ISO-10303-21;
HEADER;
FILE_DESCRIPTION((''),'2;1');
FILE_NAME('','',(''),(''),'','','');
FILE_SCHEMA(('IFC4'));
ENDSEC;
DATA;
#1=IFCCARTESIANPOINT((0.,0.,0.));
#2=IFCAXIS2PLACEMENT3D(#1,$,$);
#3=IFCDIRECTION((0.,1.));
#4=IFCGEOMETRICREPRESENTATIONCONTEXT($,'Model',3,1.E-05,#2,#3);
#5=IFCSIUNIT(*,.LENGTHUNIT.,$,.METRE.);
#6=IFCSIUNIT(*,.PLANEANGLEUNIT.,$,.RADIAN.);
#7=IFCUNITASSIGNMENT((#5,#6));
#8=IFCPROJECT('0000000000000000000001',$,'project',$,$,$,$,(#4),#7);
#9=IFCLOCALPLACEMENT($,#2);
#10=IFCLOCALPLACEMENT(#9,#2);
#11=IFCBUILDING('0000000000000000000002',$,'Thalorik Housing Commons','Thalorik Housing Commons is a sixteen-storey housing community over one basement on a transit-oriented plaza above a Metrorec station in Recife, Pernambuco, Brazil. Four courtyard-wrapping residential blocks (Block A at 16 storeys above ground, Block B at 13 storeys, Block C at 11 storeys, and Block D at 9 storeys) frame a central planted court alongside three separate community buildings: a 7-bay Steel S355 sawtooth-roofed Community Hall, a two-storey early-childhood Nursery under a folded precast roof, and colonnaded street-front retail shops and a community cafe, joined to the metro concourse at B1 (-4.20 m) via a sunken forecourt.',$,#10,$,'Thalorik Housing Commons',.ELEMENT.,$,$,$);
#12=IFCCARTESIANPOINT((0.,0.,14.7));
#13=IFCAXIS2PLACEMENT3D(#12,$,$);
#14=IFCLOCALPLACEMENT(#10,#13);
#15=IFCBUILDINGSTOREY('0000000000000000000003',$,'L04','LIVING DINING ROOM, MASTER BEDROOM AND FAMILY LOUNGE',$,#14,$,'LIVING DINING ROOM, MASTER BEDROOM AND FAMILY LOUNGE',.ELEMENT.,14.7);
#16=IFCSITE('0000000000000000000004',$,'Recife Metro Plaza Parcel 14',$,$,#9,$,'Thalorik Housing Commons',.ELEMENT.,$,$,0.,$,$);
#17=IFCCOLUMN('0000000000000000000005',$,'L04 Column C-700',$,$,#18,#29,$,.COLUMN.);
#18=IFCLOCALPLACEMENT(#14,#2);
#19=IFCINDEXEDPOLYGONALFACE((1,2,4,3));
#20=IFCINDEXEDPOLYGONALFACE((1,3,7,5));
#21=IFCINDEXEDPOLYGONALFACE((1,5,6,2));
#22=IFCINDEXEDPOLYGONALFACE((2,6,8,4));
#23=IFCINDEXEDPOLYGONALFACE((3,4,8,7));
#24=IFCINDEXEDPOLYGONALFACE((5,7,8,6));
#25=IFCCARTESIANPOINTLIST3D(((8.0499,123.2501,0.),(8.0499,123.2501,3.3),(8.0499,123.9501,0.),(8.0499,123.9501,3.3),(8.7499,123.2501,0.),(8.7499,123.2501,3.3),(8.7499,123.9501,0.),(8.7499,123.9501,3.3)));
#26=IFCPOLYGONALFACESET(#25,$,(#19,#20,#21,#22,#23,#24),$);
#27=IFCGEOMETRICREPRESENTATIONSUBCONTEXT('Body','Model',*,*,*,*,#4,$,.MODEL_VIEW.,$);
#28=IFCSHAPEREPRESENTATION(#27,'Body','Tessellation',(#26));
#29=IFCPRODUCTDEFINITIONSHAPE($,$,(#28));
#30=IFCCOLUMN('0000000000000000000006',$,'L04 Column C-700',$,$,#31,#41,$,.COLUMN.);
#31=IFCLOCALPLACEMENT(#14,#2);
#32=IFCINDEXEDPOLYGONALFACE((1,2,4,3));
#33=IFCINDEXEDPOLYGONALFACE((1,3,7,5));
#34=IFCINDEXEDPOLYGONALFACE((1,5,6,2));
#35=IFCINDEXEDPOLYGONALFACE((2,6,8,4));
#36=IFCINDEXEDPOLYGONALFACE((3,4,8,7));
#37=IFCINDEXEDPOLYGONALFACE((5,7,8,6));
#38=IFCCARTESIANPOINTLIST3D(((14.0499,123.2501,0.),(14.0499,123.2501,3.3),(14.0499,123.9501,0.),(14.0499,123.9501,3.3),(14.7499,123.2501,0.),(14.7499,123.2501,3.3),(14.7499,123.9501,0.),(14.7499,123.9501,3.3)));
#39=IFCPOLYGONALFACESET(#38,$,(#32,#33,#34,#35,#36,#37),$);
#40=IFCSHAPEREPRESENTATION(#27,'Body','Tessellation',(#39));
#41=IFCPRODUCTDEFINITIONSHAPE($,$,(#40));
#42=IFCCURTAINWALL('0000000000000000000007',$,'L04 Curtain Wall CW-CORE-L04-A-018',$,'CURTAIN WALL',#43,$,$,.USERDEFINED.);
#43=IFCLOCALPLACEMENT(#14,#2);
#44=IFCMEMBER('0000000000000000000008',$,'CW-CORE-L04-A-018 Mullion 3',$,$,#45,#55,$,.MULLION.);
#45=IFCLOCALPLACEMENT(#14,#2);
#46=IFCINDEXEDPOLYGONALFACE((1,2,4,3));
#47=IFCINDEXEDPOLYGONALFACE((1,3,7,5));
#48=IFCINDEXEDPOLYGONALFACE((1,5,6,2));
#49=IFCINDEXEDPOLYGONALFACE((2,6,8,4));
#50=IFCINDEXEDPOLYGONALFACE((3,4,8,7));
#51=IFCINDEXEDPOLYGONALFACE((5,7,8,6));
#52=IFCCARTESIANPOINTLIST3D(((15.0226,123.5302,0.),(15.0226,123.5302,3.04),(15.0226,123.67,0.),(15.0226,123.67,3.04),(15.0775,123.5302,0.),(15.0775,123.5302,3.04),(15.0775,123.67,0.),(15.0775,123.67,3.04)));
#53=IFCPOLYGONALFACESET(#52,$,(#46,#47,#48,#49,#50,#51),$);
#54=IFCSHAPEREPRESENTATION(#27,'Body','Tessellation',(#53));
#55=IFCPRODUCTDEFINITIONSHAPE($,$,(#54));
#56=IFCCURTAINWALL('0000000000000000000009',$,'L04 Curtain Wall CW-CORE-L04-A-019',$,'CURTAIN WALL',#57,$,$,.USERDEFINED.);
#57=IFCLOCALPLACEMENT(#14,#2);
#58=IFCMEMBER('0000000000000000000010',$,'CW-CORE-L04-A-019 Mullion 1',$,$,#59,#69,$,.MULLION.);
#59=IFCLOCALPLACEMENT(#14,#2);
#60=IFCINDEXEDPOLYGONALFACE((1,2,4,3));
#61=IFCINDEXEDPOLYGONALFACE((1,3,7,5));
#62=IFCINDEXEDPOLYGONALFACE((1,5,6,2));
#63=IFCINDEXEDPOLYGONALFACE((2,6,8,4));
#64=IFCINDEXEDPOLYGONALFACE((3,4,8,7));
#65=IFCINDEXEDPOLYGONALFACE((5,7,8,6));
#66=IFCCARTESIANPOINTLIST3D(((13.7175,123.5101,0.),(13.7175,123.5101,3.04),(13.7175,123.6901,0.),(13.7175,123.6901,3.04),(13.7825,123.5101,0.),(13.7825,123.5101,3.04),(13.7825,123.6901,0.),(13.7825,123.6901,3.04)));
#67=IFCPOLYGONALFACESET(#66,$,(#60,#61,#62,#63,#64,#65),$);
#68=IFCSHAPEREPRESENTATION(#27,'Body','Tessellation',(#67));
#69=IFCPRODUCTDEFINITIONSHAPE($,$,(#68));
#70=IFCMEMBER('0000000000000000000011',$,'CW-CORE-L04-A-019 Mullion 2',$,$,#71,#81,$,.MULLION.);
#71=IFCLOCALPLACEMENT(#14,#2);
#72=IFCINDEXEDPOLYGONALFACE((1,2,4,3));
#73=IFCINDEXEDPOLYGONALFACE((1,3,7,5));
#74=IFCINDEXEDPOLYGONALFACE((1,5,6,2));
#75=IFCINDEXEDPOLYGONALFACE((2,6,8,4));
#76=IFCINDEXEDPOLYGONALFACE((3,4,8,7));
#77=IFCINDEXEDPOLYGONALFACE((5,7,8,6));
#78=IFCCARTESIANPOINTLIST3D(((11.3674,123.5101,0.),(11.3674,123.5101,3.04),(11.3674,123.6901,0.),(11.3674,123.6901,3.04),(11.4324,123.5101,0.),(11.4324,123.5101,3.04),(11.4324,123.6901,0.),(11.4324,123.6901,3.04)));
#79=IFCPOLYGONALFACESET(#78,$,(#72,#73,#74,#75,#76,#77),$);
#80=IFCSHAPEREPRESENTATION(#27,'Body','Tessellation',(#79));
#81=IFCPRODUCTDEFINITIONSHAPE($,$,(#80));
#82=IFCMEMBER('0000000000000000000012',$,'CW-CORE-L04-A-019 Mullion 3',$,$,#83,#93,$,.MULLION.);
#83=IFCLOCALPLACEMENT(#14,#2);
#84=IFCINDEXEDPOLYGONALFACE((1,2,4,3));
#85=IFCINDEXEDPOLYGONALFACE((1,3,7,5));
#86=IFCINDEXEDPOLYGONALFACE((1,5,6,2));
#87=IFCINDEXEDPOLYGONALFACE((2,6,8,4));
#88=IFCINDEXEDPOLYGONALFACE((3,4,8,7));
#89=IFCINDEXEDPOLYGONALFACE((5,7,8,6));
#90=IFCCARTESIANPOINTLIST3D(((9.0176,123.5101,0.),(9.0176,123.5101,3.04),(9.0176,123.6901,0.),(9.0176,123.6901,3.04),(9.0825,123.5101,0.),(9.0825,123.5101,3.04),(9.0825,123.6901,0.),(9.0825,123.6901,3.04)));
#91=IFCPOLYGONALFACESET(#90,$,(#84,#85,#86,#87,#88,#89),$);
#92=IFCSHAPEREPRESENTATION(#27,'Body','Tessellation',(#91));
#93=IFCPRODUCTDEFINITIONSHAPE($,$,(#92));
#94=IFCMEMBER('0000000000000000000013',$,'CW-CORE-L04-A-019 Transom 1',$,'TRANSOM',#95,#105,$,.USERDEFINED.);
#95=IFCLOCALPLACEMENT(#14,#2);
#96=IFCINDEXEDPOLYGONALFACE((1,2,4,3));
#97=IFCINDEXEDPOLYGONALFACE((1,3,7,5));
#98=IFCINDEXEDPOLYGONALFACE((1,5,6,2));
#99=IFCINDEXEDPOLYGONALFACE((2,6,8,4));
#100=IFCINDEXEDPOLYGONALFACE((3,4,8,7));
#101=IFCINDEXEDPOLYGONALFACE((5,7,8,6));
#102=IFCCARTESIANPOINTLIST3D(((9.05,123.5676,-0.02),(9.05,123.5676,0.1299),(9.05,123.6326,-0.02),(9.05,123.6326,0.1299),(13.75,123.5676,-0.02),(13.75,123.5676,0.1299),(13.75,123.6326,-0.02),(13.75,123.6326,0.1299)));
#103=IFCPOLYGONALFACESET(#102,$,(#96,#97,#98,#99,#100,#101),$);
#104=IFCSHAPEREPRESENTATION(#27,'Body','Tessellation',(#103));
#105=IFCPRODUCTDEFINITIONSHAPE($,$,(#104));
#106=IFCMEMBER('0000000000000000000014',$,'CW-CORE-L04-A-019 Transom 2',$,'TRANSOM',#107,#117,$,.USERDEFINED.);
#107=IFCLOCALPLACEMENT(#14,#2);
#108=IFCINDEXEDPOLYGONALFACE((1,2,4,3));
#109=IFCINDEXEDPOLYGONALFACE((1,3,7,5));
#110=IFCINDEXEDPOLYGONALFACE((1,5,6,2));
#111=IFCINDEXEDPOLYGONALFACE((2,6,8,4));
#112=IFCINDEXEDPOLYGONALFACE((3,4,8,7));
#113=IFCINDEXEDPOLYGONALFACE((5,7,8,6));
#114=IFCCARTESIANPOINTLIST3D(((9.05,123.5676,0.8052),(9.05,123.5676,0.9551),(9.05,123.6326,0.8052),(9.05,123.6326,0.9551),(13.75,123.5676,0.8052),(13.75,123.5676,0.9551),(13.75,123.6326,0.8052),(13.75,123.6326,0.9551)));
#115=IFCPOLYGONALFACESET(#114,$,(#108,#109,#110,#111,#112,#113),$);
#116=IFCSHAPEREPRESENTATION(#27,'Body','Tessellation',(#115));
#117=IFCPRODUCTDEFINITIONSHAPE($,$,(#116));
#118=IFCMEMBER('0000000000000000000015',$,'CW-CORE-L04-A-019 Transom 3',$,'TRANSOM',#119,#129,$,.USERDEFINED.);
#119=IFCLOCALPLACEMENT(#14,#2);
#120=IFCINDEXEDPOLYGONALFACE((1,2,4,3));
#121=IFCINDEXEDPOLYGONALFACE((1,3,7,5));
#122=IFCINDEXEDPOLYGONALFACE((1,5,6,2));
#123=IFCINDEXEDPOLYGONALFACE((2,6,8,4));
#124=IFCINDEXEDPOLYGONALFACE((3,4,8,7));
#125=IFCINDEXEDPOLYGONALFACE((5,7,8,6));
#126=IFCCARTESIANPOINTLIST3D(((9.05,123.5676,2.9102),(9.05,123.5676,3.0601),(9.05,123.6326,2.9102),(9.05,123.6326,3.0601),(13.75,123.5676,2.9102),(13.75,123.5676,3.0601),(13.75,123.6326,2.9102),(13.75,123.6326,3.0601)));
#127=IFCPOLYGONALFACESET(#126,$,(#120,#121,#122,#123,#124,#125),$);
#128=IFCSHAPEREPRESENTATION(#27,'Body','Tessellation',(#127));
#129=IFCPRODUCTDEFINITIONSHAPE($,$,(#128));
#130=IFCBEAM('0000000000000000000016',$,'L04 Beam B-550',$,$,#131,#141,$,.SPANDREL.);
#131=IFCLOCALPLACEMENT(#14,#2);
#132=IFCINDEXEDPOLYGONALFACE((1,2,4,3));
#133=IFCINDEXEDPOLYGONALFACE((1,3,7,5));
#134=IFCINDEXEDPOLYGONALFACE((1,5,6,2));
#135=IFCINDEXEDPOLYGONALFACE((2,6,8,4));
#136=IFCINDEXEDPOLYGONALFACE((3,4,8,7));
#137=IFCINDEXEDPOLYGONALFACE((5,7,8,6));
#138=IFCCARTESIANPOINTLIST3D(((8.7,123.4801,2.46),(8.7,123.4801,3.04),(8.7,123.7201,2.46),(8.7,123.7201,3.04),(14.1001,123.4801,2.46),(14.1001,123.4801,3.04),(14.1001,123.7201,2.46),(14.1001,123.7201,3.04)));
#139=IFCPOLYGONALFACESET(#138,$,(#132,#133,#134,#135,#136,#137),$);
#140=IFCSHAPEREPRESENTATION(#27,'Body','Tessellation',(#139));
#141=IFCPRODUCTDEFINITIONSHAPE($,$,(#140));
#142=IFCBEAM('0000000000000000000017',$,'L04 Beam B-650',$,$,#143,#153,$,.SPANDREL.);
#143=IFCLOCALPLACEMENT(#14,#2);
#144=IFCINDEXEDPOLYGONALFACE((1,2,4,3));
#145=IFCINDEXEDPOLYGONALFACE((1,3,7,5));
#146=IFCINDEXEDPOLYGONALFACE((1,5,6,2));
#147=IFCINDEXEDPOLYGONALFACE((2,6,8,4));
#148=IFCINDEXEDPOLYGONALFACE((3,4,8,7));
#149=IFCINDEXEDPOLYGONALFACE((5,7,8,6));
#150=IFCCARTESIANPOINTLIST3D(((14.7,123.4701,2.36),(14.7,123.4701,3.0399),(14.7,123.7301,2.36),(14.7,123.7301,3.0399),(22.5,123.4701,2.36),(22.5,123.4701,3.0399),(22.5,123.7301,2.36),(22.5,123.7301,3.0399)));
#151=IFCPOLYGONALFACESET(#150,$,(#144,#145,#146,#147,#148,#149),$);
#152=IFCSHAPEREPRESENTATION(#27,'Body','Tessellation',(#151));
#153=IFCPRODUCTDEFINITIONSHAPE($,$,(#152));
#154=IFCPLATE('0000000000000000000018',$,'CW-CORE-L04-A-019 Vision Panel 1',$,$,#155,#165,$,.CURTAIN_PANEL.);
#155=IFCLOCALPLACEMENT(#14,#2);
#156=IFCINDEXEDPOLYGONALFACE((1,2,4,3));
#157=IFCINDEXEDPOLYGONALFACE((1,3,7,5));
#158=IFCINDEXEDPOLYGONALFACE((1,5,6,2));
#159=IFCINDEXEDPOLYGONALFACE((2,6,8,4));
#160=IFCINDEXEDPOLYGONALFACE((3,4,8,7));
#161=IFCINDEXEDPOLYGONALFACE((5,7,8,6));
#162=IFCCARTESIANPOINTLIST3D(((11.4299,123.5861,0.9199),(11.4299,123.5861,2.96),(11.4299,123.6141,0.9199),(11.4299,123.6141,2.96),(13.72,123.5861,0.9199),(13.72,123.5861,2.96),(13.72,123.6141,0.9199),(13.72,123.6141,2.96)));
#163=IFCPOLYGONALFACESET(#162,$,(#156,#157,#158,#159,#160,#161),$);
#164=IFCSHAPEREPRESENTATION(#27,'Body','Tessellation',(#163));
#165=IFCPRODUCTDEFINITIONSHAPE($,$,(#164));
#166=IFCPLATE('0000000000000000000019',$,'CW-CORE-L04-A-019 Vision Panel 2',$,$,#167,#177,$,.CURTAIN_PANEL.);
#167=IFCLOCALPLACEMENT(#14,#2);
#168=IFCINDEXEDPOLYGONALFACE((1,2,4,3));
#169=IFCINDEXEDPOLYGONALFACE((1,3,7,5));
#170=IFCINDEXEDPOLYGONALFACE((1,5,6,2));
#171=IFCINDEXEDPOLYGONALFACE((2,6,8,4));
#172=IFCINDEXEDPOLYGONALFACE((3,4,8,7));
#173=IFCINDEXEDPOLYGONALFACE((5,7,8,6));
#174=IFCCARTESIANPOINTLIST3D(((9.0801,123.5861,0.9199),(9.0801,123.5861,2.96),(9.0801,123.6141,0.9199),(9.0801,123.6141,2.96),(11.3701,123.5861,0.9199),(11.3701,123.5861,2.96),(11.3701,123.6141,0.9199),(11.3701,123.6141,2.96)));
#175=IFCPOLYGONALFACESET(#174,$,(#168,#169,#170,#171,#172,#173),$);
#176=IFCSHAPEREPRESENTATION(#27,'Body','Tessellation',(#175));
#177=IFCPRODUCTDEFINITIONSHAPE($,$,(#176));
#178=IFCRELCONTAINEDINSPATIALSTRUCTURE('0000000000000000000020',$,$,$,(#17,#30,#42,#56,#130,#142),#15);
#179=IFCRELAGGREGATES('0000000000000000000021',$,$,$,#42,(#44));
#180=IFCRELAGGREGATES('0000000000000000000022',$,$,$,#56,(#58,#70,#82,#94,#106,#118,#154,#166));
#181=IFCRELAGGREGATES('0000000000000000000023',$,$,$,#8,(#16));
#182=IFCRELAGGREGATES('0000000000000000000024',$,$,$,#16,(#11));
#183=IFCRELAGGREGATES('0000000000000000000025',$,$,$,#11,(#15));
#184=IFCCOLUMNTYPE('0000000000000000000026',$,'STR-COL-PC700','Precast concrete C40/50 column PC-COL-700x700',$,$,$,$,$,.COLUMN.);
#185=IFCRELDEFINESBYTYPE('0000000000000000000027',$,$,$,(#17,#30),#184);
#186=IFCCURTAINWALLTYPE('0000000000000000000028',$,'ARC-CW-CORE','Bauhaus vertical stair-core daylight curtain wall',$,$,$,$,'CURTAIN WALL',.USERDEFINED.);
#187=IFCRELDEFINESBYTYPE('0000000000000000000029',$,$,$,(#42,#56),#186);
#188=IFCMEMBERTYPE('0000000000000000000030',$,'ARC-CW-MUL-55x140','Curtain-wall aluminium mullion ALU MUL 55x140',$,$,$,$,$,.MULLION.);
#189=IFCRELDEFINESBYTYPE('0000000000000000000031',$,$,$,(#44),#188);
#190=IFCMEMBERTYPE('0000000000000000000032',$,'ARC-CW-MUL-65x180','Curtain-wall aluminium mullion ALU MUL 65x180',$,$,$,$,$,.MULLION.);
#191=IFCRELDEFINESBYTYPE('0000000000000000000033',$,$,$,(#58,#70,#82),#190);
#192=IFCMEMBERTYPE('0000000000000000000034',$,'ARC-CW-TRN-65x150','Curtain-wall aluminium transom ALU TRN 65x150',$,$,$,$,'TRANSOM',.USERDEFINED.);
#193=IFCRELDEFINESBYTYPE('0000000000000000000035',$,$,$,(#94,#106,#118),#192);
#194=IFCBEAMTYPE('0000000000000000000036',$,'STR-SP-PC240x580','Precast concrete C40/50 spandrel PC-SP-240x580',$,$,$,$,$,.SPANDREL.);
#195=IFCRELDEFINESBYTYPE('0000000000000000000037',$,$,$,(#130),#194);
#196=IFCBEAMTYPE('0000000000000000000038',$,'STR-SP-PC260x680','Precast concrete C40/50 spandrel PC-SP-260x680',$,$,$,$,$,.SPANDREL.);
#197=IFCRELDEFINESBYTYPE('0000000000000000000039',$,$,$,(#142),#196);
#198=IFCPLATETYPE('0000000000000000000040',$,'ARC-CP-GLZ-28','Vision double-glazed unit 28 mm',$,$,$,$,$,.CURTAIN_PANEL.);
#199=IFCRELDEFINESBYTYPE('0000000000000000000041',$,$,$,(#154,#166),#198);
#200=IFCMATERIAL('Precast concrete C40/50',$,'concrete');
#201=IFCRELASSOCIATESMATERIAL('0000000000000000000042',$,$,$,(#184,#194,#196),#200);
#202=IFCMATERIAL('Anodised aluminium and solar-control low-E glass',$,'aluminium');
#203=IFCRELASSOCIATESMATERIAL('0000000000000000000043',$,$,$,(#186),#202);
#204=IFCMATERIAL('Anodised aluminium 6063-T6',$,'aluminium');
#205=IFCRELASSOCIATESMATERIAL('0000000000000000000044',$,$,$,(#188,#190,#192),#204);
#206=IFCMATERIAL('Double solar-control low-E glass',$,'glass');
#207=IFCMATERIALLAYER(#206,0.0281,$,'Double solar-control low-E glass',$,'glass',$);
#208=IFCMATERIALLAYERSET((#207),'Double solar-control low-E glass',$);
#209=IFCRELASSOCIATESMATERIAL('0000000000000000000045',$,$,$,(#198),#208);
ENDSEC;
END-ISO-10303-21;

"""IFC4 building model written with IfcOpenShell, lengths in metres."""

from ifc_helpers import new_model, si_unit, direction, frame, origin, origin_2d, place, context, subcontext, project, spatial, rectangle, extrude, material, layer, layer_set, material_profile, profile_set, type_object, element, aggregate, save


model = new_model("IFC4")

# Units and contexts
model_context = context("Model", 3, precision=1e-05, world=origin(), true_north=direction((0.0, 1.0)))
body_context = subcontext(model_context, "Body", "Model", "MODEL_VIEW")
ifc_project = project(units=[si_unit("LENGTHUNIT", "METRE"), si_unit("PLANEANGLEUNIT", "RADIAN")], contexts=[model_context])

# Site, building, storey
site_placement = place(None, origin())
site = spatial("IfcSite", under=ifc_project, at=site_placement, Name="Recife Metro Plaza Parcel 14", LongName="Thalorik Housing Commons", CompositionType="ELEMENT", RefElevation=0.0)
building_placement = place(site_placement, origin())
building = spatial("IfcBuilding", under=site, at=building_placement, Name="Thalorik Housing Commons", Description="Thalorik Housing Commons is a sixteen-storey housing community over one basement on a transit-oriented plaza above a Metrorec station in Recife, Pernambuco, Brazil. Four courtyard-wrapping residential blocks (Block A at 16 storeys above ground, Block B at 13 storeys, Block C at 11 storeys, and Block D at 9 storeys) frame a central planted court alongside three separate community buildings: a 7-bay Steel S355 sawtooth-roofed Community Hall, a two-storey early-childhood Nursery under a folded precast roof, and colonnaded street-front retail shops and a community cafe, joined to the metro concourse at B1 (-4.20 m) via a sunken forecourt.", LongName="Thalorik Housing Commons", CompositionType="ELEMENT")
storey_placement = place(building_placement, frame((0.0, 0.0, 14.7)))
storey = spatial("IfcBuildingStorey", under=building, at=storey_placement, Name="L04", Description="LIVING DINING ROOM, MASTER BEDROOM AND FAMILY LOUNGE", LongName="LIVING DINING ROOM, MASTER BEDROOM AND FAMILY LOUNGE", CompositionType="ELEMENT", Elevation=14.7)

# Columns
ifc_material_1 = material(Name="Precast concrete C40/50", Category="concrete")
ifc_material_profile_1 = material_profile(ifc_material_1, rectangle(XDim=0.7, YDim=0.7, at=origin_2d()), Name="PC 700x700", Category="concrete")
ifc_profile_set_1 = profile_set([ifc_material_profile_1], Name="Precast concrete C40/50")
column_type = type_object("IfcColumnType", Name="STR-COL-PC700", Description="Precast concrete C40/50 column PC-COL-700x700", PredefinedType="COLUMN", material=ifc_profile_set_1)
for number, where, z_axis, x_axis, name in (
    (1, (8.3999, 123.6001, 0.0), (0.0, 0.0, 1.0), (1.0, 0.0, 0.0), "L04 Column C-700"),
    (2, (14.3999, 123.6001, 0.0), (0.0, 0.0, 1.0), (1.0, 0.0, 0.0), "L04 Column C-700"),
):
    element("IfcColumn", number, at=place(storey_placement, frame(where, z_axis=z_axis, x_axis=x_axis)), inside=storey, type_object=column_type, Name=name, PredefinedType="COLUMN", context=body_context, shape_type="SweptSolid", body=[
        extrude(rectangle(XDim=0.7, YDim=0.7, at=origin_2d()), origin(), (0.0, 0.0, 1.0), 3.3),
    ])

# Curtain wall, member
ifc_material_2 = material(Name="Anodised aluminium and solar-control low-E glass", Category="aluminium")
curtain_wall_type = type_object("IfcCurtainWallType", Name="ARC-CW-CORE", Description="Bauhaus vertical stair-core daylight curtain wall", ElementType="CURTAIN WALL", PredefinedType="USERDEFINED", material=ifc_material_2)
curtain_wall_1_placement = place(storey_placement, origin())
curtain_wall_1 = element("IfcCurtainWall", 3, at=curtain_wall_1_placement, inside=storey, type_object=curtain_wall_type, Name="L04 Curtain Wall CW-CORE-L04-A-018", ObjectType="CURTAIN WALL", PredefinedType="USERDEFINED")
ifc_material_3 = material(Name="Anodised aluminium 6063-T6", Category="aluminium")
ifc_material_profile_2 = material_profile(ifc_material_3, rectangle(XDim=0.0549, YDim=0.1399, at=origin_2d()), Name="ALU MUL 55x140", Category="aluminium")
ifc_profile_set_2 = profile_set([ifc_material_profile_2], Name="Anodised aluminium 6063-T6")
member_type_1 = type_object("IfcMemberType", Name="ARC-CW-MUL-55x140", Description="Curtain-wall aluminium mullion ALU MUL 55x140", PredefinedType="MULLION", material=ifc_profile_set_2)
member_1_placement = place(storey_placement, frame((15.05, 123.6001, 0.0), z_axis=(0.0, 0.0, 1.0), x_axis=(-1.0, 0.0, 0.0)))
member_1 = element("IfcMember", 4, at=member_1_placement, type_object=member_type_1, Name="CW-CORE-L04-A-018 Mullion 3", PredefinedType="MULLION", context=body_context, shape_type="SweptSolid", body=[
    extrude(rectangle(XDim=0.0549, YDim=0.1399, at=origin_2d()), origin(), (0.0, 0.0, 1.0), 3.04),
])
aggregate(curtain_wall_1, [member_1])

# Curtain wall, members
curtain_wall_2_placement = place(storey_placement, origin())
curtain_wall_2 = element("IfcCurtainWall", 5, at=curtain_wall_2_placement, inside=storey, type_object=curtain_wall_type, Name="L04 Curtain Wall CW-CORE-L04-A-019", ObjectType="CURTAIN WALL", PredefinedType="USERDEFINED")
ifc_material_profile_3 = material_profile(ifc_material_3, rectangle(XDim=0.0649, YDim=0.1799, at=origin_2d()), Name="ALU MUL 65x180", Category="aluminium")
ifc_profile_set_3 = profile_set([ifc_material_profile_3], Name="Anodised aluminium 6063-T6")
member_type_2 = type_object("IfcMemberType", Name="ARC-CW-MUL-65x180", Description="Curtain-wall aluminium mullion ALU MUL 65x180", PredefinedType="MULLION", material=ifc_profile_set_3)
member_2_placement = place(storey_placement, frame((13.75, 123.6001, 0.0), z_axis=(0.0, 0.0, 1.0), x_axis=(-1.0, 0.0, 0.0)))
member_2 = element("IfcMember", 6, at=member_2_placement, type_object=member_type_2, Name="CW-CORE-L04-A-019 Mullion 1", PredefinedType="MULLION", context=body_context, shape_type="SweptSolid", body=[
    extrude(rectangle(XDim=0.0649, YDim=0.1799, at=origin_2d()), origin(), (0.0, 0.0, 1.0), 3.04),
])
member_3_placement = place(storey_placement, frame((11.3999, 123.6001, 0.0), z_axis=(0.0, 0.0, 1.0), x_axis=(-1.0, 0.0, 0.0)))
member_3 = element("IfcMember", 7, at=member_3_placement, type_object=member_type_2, Name="CW-CORE-L04-A-019 Mullion 2", PredefinedType="MULLION", context=body_context, shape_type="SweptSolid", body=[
    extrude(rectangle(XDim=0.0649, YDim=0.1799, at=origin_2d()), origin(), (0.0, 0.0, 1.0), 3.04),
])
member_4_placement = place(storey_placement, frame((9.05, 123.6001, 0.0), z_axis=(0.0, 0.0, 1.0), x_axis=(-1.0, 0.0, 0.0)))
member_4 = element("IfcMember", 8, at=member_4_placement, type_object=member_type_2, Name="CW-CORE-L04-A-019 Mullion 3", PredefinedType="MULLION", context=body_context, shape_type="SweptSolid", body=[
    extrude(rectangle(XDim=0.0649, YDim=0.1799, at=origin_2d()), origin(), (0.0, 0.0, 1.0), 3.04),
])
ifc_material_profile_4 = material_profile(ifc_material_3, rectangle(XDim=0.0649, YDim=0.1499, at=origin_2d()), Name="ALU TRN 65x150", Category="aluminium")
ifc_profile_set_4 = profile_set([ifc_material_profile_4], Name="Anodised aluminium 6063-T6")
member_type_3 = type_object("IfcMemberType", Name="ARC-CW-TRN-65x150", Description="Curtain-wall aluminium transom ALU TRN 65x150", ElementType="TRANSOM", PredefinedType="USERDEFINED", material=ifc_profile_set_4)
member_5_placement = place(storey_placement, frame((13.75, 123.6001, 0.0549), z_axis=(-1.0, 0.0, 0.0), x_axis=(0.0, -1.0, 0.0)))
member_5 = element("IfcMember", 9, at=member_5_placement, type_object=member_type_3, Name="CW-CORE-L04-A-019 Transom 1", ObjectType="TRANSOM", PredefinedType="USERDEFINED", context=body_context, shape_type="SweptSolid", body=[
    extrude(rectangle(XDim=0.0649, YDim=0.1499, at=origin_2d()), origin(), (0.0, 0.0, 1.0), 4.7),
])
member_6_placement = place(storey_placement, frame((13.75, 123.6001, 0.8801), z_axis=(-1.0, 0.0, 0.0), x_axis=(0.0, -1.0, 0.0)))
member_6 = element("IfcMember", 10, at=member_6_placement, type_object=member_type_3, Name="CW-CORE-L04-A-019 Transom 2", ObjectType="TRANSOM", PredefinedType="USERDEFINED", context=body_context, shape_type="SweptSolid", body=[
    extrude(rectangle(XDim=0.0649, YDim=0.1499, at=origin_2d()), origin(), (0.0, 0.0, 1.0), 4.7),
])
member_7_placement = place(storey_placement, frame((13.75, 123.6001, 2.9851), z_axis=(-1.0, 0.0, 0.0), x_axis=(0.0, -1.0, 0.0)))
member_7 = element("IfcMember", 11, at=member_7_placement, type_object=member_type_3, Name="CW-CORE-L04-A-019 Transom 3", ObjectType="TRANSOM", PredefinedType="USERDEFINED", context=body_context, shape_type="SweptSolid", body=[
    extrude(rectangle(XDim=0.0649, YDim=0.1499, at=origin_2d()), origin(), (0.0, 0.0, 1.0), 4.7),
])

# Beams
ifc_material_profile_5 = material_profile(ifc_material_1, rectangle(XDim=0.24, YDim=0.5801, at=origin_2d()), Name="PC SP 240x580", Category="concrete")
ifc_profile_set_5 = profile_set([ifc_material_profile_5], Name="Precast concrete C40/50")
beam_type_1 = type_object("IfcBeamType", Name="STR-SP-PC240x580", Description="Precast concrete C40/50 spandrel PC-SP-240x580", PredefinedType="SPANDREL", material=ifc_profile_set_5)
beam_1_placement = place(storey_placement, frame((8.7, 123.6001, 2.75), z_axis=(1.0, 0.0, 0.0), x_axis=(0.0, 1.0, 0.0)))
element("IfcBeam", 12, at=beam_1_placement, inside=storey, type_object=beam_type_1, Name="L04 Beam B-550", PredefinedType="SPANDREL", context=body_context, shape_type="SweptSolid", body=[
    extrude(rectangle(XDim=0.24, YDim=0.5801, at=origin_2d()), origin(), (0.0, 0.0, 1.0), 5.4001),
])
ifc_material_profile_6 = material_profile(ifc_material_1, rectangle(XDim=0.26, YDim=0.6799, at=origin_2d()), Name="PC SP 260x680", Category="concrete")
ifc_profile_set_6 = profile_set([ifc_material_profile_6], Name="Precast concrete C40/50")
beam_type_2 = type_object("IfcBeamType", Name="STR-SP-PC260x680", Description="Precast concrete C40/50 spandrel PC-SP-260x680", PredefinedType="SPANDREL", material=ifc_profile_set_6)
beam_2_placement = place(storey_placement, frame((14.7, 123.6001, 2.7), z_axis=(1.0, 0.0, 0.0), x_axis=(0.0, 1.0, 0.0)))
element("IfcBeam", 13, at=beam_2_placement, inside=storey, type_object=beam_type_2, Name="L04 Beam B-650", PredefinedType="SPANDREL", context=body_context, shape_type="SweptSolid", body=[
    extrude(rectangle(XDim=0.26, YDim=0.6799, at=origin_2d()), origin(), (0.0, 0.0, 1.0), 7.8),
])

# Plates
ifc_material_4 = material(Name="Double solar-control low-E glass", Category="glass")
ifc_layer_1 = layer(ifc_material_4, 0.0281, Name="Double solar-control low-E glass", Category="glass")
ifc_layer_set_1 = layer_set([ifc_layer_1], Name="Double solar-control low-E glass")
plate_type_1 = type_object("IfcPlateType", Name="ARC-CP-GLZ-28", Description="Vision double-glazed unit 28 mm", PredefinedType="CURTAIN_PANEL", material=ifc_layer_set_1)
plate_1_placement = place(storey_placement, frame((12.575, 123.6001, 0.9199), z_axis=(0.0, 0.0, 1.0), x_axis=(-1.0, 0.0, 0.0)))
plate_1 = element("IfcPlate", 14, at=plate_1_placement, type_object=plate_type_1, Name="CW-CORE-L04-A-019 Vision Panel 1", PredefinedType="CURTAIN_PANEL", context=body_context, shape_type="SweptSolid", body=[
    extrude(rectangle(XDim=2.29, YDim=0.0281, at=origin_2d()), origin(), (0.0, 0.0, 1.0), 2.04),
])
plate_2_placement = place(storey_placement, frame((10.2251, 123.6001, 0.9199), z_axis=(0.0, 0.0, 1.0), x_axis=(-1.0, 0.0, 0.0)))
plate_2 = element("IfcPlate", 15, at=plate_2_placement, type_object=plate_type_1, Name="CW-CORE-L04-A-019 Vision Panel 2", PredefinedType="CURTAIN_PANEL", context=body_context, shape_type="SweptSolid", body=[
    extrude(rectangle(XDim=2.29, YDim=0.0281, at=origin_2d()), origin(), (0.0, 0.0, 1.0), 2.04),
])
aggregate(curtain_wall_2, [member_2, member_3, member_4, member_5, member_6, member_7, plate_1, plate_2])

save(model, "model.ifc")
